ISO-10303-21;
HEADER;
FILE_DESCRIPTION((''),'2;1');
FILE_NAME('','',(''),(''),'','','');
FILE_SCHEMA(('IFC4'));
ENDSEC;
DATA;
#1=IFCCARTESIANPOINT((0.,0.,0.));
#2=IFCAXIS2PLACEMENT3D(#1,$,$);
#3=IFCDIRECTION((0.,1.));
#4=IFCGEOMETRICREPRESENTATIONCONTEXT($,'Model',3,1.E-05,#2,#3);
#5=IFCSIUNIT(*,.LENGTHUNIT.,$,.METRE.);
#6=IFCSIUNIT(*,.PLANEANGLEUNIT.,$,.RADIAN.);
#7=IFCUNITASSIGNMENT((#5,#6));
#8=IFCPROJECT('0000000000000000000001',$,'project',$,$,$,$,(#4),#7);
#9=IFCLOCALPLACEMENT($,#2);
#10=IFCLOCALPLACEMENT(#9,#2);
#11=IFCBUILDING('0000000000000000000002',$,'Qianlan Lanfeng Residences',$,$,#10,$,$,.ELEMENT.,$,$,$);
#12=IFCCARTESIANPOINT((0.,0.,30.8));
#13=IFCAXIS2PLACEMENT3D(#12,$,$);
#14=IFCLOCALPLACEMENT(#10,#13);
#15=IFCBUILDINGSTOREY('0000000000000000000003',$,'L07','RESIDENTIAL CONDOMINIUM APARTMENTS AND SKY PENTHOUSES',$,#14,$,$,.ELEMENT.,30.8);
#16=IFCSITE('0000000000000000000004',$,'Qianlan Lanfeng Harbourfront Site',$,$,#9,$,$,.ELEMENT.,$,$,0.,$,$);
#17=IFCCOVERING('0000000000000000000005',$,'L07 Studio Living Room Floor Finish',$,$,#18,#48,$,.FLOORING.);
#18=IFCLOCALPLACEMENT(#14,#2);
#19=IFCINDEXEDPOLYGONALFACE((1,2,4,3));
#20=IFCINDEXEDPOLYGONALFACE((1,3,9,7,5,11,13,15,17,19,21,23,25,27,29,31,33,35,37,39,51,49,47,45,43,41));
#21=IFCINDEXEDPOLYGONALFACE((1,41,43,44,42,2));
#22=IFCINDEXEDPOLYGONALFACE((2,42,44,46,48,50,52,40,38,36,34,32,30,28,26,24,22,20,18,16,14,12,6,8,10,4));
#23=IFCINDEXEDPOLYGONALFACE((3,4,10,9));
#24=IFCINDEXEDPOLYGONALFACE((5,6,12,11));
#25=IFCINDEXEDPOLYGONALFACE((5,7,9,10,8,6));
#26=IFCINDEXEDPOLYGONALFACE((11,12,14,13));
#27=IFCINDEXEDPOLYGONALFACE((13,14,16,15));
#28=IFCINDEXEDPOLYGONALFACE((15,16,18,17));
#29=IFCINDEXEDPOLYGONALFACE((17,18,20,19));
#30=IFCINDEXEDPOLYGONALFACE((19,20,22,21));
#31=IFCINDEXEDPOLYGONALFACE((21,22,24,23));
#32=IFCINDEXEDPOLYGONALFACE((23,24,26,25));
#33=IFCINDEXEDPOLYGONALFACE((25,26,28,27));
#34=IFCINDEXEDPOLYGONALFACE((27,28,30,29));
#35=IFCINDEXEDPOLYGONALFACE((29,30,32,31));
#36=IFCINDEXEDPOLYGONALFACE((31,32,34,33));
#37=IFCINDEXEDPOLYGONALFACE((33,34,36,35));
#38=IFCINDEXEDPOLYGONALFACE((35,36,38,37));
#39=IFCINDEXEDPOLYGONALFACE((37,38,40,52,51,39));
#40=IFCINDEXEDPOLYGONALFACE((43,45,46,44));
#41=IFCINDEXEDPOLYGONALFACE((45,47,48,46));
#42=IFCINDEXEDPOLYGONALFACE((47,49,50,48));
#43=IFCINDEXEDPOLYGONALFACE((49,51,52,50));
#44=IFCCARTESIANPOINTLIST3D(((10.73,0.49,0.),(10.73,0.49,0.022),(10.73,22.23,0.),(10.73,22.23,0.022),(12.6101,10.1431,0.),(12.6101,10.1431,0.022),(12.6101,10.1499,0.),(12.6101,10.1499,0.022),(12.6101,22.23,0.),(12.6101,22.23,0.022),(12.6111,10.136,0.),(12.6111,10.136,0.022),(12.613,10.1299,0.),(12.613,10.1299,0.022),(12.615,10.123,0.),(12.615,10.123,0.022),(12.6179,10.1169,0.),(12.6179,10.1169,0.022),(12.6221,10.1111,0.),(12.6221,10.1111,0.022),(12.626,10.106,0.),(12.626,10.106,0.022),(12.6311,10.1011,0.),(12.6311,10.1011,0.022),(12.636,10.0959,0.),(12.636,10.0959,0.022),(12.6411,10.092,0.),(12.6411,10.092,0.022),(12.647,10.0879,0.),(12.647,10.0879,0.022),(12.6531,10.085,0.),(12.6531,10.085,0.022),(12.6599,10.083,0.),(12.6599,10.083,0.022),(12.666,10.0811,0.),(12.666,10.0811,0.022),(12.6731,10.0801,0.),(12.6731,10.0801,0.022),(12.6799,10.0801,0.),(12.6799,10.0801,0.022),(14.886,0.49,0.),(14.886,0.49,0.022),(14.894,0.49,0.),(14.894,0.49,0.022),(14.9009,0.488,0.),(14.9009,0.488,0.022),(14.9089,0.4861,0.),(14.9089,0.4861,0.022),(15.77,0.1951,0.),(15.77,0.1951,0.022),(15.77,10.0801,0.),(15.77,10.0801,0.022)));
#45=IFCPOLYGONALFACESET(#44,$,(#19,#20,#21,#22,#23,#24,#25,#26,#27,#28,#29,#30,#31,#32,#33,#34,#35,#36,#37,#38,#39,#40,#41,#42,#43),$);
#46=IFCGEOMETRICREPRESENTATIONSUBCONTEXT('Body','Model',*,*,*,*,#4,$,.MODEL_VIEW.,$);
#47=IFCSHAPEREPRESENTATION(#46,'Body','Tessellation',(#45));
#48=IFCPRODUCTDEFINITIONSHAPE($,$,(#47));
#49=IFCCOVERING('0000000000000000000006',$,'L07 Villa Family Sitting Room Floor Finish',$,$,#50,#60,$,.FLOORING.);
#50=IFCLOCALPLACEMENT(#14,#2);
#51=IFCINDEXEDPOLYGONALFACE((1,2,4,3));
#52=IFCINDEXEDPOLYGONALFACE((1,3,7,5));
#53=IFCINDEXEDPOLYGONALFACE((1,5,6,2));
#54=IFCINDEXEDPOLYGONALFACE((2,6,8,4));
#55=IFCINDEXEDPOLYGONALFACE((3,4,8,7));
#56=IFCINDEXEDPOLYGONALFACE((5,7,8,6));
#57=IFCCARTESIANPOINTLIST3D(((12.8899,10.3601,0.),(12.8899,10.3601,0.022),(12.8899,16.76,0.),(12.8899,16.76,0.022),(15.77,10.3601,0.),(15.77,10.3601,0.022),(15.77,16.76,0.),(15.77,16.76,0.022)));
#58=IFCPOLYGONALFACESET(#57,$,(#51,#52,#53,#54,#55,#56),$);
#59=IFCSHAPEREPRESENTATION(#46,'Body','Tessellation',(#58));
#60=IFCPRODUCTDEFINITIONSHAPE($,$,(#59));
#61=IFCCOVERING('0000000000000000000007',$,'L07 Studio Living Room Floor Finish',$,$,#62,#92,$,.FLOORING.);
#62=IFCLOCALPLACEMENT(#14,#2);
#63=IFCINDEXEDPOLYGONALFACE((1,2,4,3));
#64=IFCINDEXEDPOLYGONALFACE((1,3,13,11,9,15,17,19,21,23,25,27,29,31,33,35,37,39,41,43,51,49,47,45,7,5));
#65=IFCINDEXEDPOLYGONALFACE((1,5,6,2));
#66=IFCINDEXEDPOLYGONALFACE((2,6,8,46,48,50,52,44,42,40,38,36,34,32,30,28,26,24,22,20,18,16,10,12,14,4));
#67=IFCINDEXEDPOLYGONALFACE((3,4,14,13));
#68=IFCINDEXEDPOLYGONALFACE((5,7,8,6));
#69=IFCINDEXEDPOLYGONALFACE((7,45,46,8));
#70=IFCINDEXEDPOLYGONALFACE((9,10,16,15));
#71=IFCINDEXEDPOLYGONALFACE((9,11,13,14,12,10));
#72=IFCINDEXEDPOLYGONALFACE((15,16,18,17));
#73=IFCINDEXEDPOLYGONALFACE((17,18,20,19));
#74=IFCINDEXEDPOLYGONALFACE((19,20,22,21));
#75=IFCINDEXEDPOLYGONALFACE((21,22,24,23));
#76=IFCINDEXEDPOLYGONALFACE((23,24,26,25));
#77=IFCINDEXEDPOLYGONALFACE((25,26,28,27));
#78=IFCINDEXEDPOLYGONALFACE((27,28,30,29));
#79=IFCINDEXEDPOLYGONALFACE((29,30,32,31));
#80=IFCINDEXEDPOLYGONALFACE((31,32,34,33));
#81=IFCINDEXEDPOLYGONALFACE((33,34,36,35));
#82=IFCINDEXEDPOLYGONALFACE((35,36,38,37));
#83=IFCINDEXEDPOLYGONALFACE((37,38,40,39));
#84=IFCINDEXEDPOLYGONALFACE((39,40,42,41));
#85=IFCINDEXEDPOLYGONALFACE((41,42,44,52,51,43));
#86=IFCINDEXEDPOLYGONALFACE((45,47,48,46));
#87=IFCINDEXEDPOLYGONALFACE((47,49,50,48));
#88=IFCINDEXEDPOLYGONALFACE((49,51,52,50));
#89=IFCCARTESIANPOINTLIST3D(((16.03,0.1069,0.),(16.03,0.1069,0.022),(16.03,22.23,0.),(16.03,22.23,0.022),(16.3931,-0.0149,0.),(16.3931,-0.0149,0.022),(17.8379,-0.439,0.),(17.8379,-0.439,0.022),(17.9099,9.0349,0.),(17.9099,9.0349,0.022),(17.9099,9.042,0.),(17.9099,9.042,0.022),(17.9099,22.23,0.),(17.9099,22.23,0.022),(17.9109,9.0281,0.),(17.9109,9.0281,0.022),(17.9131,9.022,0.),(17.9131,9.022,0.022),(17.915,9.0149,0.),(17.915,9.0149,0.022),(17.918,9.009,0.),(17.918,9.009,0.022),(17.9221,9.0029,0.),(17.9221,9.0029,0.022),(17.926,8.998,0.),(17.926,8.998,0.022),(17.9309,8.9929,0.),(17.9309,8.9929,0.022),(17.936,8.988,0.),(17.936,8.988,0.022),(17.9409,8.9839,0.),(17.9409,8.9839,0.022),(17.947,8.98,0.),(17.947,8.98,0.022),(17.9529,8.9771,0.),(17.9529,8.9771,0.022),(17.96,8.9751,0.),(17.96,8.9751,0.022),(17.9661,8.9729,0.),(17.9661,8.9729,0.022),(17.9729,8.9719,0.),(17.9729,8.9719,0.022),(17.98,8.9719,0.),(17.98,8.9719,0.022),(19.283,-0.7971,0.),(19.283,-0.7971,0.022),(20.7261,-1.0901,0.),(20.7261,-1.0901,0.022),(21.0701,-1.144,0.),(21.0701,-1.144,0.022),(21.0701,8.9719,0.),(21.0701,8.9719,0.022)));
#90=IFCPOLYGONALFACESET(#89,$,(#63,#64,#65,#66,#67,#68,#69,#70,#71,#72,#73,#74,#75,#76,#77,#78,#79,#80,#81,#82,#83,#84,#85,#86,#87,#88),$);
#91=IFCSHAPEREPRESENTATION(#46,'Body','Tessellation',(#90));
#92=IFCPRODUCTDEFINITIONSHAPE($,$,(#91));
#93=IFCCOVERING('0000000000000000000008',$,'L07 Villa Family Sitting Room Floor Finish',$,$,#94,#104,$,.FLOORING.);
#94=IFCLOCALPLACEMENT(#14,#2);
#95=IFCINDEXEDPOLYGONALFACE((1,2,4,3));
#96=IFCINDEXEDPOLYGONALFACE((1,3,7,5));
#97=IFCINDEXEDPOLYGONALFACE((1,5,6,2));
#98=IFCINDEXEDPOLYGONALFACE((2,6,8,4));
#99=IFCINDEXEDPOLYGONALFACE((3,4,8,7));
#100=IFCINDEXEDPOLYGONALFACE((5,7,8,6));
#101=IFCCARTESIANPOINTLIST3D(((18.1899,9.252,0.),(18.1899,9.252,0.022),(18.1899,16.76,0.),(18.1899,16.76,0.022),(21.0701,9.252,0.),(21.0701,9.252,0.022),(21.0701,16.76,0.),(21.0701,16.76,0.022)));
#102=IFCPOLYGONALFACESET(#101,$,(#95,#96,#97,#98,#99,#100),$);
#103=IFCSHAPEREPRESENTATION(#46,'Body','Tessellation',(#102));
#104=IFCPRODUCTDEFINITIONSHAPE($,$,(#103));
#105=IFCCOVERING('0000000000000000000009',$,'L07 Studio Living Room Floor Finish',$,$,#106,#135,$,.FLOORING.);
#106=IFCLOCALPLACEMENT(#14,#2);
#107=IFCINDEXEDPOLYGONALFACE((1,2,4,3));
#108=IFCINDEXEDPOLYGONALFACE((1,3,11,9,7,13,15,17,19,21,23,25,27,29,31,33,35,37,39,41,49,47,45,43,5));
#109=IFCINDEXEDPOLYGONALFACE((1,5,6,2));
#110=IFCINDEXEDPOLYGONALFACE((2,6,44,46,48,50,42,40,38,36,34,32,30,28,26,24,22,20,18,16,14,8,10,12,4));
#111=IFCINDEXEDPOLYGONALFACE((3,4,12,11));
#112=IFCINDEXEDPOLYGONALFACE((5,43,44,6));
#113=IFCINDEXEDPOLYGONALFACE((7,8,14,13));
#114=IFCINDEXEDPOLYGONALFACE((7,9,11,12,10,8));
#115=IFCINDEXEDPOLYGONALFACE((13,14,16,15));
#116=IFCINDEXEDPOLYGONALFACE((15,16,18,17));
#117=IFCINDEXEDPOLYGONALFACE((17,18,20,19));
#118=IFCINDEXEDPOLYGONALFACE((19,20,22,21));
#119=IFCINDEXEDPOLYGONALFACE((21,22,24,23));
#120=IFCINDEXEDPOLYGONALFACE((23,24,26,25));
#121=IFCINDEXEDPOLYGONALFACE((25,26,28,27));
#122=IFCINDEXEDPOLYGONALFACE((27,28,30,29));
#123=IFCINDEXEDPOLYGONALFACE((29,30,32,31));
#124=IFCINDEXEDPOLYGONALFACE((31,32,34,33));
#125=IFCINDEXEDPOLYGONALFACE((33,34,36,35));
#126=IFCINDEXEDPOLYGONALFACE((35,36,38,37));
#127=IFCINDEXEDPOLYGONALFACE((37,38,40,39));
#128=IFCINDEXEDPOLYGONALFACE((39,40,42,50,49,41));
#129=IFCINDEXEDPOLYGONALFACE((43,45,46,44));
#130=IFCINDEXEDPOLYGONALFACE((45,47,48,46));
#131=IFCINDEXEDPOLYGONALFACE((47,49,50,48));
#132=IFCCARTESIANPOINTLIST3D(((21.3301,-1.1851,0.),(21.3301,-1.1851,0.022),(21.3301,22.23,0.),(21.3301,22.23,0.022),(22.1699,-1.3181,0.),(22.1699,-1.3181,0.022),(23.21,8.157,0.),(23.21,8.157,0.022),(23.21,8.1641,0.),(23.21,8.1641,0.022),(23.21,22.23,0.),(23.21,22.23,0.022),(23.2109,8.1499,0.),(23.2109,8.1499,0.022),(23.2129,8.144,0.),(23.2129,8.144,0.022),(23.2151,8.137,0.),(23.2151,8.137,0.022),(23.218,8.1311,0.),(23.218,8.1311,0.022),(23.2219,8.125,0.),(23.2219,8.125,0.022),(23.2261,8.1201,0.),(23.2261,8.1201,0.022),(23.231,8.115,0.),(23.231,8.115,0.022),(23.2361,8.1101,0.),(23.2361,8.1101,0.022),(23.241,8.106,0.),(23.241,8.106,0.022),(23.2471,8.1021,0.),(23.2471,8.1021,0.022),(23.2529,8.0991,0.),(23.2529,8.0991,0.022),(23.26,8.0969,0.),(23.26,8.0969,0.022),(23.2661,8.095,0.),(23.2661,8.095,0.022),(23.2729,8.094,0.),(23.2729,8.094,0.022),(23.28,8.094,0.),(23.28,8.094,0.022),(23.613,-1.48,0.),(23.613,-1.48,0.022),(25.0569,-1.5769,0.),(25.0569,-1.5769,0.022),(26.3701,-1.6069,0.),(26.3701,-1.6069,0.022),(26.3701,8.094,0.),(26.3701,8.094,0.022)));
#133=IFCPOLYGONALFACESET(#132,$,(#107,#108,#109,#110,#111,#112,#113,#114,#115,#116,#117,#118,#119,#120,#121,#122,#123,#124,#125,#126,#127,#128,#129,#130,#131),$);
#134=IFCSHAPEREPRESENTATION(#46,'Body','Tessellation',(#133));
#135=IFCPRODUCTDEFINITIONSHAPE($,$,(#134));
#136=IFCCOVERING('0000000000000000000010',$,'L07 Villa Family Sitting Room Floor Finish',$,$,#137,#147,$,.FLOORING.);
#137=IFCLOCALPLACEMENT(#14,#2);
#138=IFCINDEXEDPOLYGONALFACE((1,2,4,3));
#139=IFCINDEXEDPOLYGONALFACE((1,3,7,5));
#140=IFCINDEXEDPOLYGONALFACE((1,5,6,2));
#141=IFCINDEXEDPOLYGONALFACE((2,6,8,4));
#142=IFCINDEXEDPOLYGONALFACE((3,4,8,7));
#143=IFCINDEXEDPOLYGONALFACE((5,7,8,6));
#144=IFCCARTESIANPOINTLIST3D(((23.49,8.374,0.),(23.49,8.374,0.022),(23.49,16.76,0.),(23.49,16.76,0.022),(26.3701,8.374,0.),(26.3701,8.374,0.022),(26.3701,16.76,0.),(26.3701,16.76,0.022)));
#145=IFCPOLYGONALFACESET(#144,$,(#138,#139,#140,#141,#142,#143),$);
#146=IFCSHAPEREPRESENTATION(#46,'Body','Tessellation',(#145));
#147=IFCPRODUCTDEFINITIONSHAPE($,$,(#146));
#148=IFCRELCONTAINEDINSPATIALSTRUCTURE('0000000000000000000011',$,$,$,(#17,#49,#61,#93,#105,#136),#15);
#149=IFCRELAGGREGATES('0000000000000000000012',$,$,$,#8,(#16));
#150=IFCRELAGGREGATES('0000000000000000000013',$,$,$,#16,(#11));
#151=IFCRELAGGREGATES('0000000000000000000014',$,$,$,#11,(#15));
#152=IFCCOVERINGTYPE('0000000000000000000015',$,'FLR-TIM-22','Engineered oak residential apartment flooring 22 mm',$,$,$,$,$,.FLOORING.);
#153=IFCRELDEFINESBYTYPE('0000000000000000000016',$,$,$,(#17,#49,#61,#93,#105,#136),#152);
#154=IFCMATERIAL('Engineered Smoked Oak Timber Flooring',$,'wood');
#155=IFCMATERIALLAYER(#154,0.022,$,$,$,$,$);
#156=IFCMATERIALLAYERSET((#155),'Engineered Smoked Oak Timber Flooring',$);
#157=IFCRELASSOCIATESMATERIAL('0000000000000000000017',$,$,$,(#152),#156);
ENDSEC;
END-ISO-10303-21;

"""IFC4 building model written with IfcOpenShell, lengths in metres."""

from ifc_helpers import new_model, si_unit, direction, frame, origin, place, context, subcontext, project, spatial, polyline, outline, extrude, material, layer, layer_set, type_object, element, save


model = new_model("IFC4")

# Units and contexts
model_context = context("Model", 3, precision=1e-05, world=origin(), true_north=direction((0.0, 1.0)))
body_context = subcontext(model_context, "Body", "Model", "MODEL_VIEW")
ifc_project = project(units=[si_unit("LENGTHUNIT", "METRE"), si_unit("PLANEANGLEUNIT", "RADIAN")], contexts=[model_context])

# Site, building, storey
site_placement = place(None, origin())
site = spatial("IfcSite", under=ifc_project, at=site_placement, Name="Qianlan Lanfeng Harbourfront Site", CompositionType="ELEMENT", RefElevation=0.0)
building_placement = place(site_placement, origin())
building = spatial("IfcBuilding", under=site, at=building_placement, Name="Qianlan Lanfeng Residences", CompositionType="ELEMENT")
storey_placement = place(building_placement, frame((0.0, 0.0, 30.8)))
storey = spatial("IfcBuildingStorey", under=building, at=storey_placement, Name="L07", Description="RESIDENTIAL CONDOMINIUM APARTMENTS AND SKY PENTHOUSES", CompositionType="ELEMENT", Elevation=30.8)

# Coverings
ifc_material_1 = material(Name="Engineered Smoked Oak Timber Flooring", Category="wood")
ifc_layer_1 = layer(ifc_material_1, 0.022)
ifc_layer_set_1 = layer_set([ifc_layer_1], Name="Engineered Smoked Oak Timber Flooring")
covering_type_1 = type_object("IfcCoveringType", Name="FLR-TIM-22", Description="Engineered oak residential apartment flooring 22 mm", PredefinedType="FLOORING", material=ifc_layer_set_1)
covering_1_placement = place(storey_placement, origin())
element("IfcCovering", 1, at=covering_1_placement, inside=storey, type_object=covering_type_1, Name="L07 Studio Living Room Floor Finish", PredefinedType="FLOORING", context=body_context, shape_type="SweptSolid", body=[
    extrude(outline(polyline([(15.77, 0.1951), (15.77, 10.0801), (12.6799, 10.0801), (12.6731, 10.0801), (12.666, 10.0811), (12.6599, 10.083), (12.6531, 10.085), (12.647, 10.0879), (12.6411, 10.092), (12.636, 10.0959), (12.6311, 10.1011), (12.626, 10.106), (12.6221, 10.1111), (12.6179, 10.1169), (12.615, 10.123), (12.613, 10.1299), (12.6111, 10.136), (12.6101, 10.1431), (12.6101, 10.1499), (12.6101, 22.23), (10.73, 22.23), (10.73, 0.49), (14.886, 0.49), (14.894, 0.49), (14.9009, 0.488), (14.9089, 0.4861), (15.77, 0.1951)])), origin(), (0.0, 0.0, 1.0), 0.022),
])
covering_2_placement = place(storey_placement, origin())
element("IfcCovering", 2, at=covering_2_placement, inside=storey, type_object=covering_type_1, Name="L07 Villa Family Sitting Room Floor Finish", PredefinedType="FLOORING", context=body_context, shape_type="SweptSolid", body=[
    extrude(outline(polyline([(12.8899, 16.76), (12.8899, 10.3601), (15.77, 10.3601), (15.77, 16.76), (12.8899, 16.76)])), origin(), (0.0, 0.0, 1.0), 0.022),
])
covering_3_placement = place(storey_placement, origin())
element("IfcCovering", 3, at=covering_3_placement, inside=storey, type_object=covering_type_1, Name="L07 Studio Living Room Floor Finish", PredefinedType="FLOORING", context=body_context, shape_type="SweptSolid", body=[
    extrude(outline(polyline([(21.0701, -1.144), (21.0701, 8.9719), (17.98, 8.9719), (17.9729, 8.9719), (17.9661, 8.9729), (17.96, 8.9751), (17.9529, 8.9771), (17.947, 8.98), (17.9409, 8.9839), (17.936, 8.988), (17.9309, 8.9929), (17.926, 8.998), (17.9221, 9.0029), (17.918, 9.009), (17.915, 9.0149), (17.9131, 9.022), (17.9109, 9.0281), (17.9099, 9.0349), (17.9099, 9.042), (17.9099, 22.23), (16.03, 22.23), (16.03, 0.1069), (16.3931, -0.0149), (17.8379, -0.439), (19.283, -0.7971), (20.7261, -1.0901), (21.0701, -1.144)])), origin(), (0.0, 0.0, 1.0), 0.022),
])
covering_4_placement = place(storey_placement, origin())
element("IfcCovering", 4, at=covering_4_placement, inside=storey, type_object=covering_type_1, Name="L07 Villa Family Sitting Room Floor Finish", PredefinedType="FLOORING", context=body_context, shape_type="SweptSolid", body=[
    extrude(outline(polyline([(18.1899, 16.76), (18.1899, 9.252), (21.0701, 9.252), (21.0701, 16.76), (18.1899, 16.76)])), origin(), (0.0, 0.0, 1.0), 0.022),
])
covering_5_placement = place(storey_placement, origin())
element("IfcCovering", 5, at=covering_5_placement, inside=storey, type_object=covering_type_1, Name="L07 Studio Living Room Floor Finish", PredefinedType="FLOORING", context=body_context, shape_type="SweptSolid", body=[
    extrude(outline(polyline([(26.3701, -1.6069), (26.3701, 8.094), (23.28, 8.094), (23.2729, 8.094), (23.2661, 8.095), (23.26, 8.0969), (23.2529, 8.0991), (23.2471, 8.1021), (23.241, 8.106), (23.2361, 8.1101), (23.231, 8.115), (23.2261, 8.1201), (23.2219, 8.125), (23.218, 8.1311), (23.2151, 8.137), (23.2129, 8.144), (23.2109, 8.1499), (23.21, 8.157), (23.21, 8.1641), (23.21, 22.23), (21.3301, 22.23), (21.3301, -1.1851), (22.1699, -1.3181), (23.613, -1.48), (25.0569, -1.5769), (26.3701, -1.6069)])), origin(), (0.0, 0.0, 1.0), 0.022),
])
covering_6_placement = place(storey_placement, origin())
element("IfcCovering", 6, at=covering_6_placement, inside=storey, type_object=covering_type_1, Name="L07 Villa Family Sitting Room Floor Finish", PredefinedType="FLOORING", context=body_context, shape_type="SweptSolid", body=[
    extrude(outline(polyline([(23.49, 16.76), (23.49, 8.374), (26.3701, 8.374), (26.3701, 16.76), (23.49, 16.76)])), origin(), (0.0, 0.0, 1.0), 0.022),
])

save(model, "model.ifc")
